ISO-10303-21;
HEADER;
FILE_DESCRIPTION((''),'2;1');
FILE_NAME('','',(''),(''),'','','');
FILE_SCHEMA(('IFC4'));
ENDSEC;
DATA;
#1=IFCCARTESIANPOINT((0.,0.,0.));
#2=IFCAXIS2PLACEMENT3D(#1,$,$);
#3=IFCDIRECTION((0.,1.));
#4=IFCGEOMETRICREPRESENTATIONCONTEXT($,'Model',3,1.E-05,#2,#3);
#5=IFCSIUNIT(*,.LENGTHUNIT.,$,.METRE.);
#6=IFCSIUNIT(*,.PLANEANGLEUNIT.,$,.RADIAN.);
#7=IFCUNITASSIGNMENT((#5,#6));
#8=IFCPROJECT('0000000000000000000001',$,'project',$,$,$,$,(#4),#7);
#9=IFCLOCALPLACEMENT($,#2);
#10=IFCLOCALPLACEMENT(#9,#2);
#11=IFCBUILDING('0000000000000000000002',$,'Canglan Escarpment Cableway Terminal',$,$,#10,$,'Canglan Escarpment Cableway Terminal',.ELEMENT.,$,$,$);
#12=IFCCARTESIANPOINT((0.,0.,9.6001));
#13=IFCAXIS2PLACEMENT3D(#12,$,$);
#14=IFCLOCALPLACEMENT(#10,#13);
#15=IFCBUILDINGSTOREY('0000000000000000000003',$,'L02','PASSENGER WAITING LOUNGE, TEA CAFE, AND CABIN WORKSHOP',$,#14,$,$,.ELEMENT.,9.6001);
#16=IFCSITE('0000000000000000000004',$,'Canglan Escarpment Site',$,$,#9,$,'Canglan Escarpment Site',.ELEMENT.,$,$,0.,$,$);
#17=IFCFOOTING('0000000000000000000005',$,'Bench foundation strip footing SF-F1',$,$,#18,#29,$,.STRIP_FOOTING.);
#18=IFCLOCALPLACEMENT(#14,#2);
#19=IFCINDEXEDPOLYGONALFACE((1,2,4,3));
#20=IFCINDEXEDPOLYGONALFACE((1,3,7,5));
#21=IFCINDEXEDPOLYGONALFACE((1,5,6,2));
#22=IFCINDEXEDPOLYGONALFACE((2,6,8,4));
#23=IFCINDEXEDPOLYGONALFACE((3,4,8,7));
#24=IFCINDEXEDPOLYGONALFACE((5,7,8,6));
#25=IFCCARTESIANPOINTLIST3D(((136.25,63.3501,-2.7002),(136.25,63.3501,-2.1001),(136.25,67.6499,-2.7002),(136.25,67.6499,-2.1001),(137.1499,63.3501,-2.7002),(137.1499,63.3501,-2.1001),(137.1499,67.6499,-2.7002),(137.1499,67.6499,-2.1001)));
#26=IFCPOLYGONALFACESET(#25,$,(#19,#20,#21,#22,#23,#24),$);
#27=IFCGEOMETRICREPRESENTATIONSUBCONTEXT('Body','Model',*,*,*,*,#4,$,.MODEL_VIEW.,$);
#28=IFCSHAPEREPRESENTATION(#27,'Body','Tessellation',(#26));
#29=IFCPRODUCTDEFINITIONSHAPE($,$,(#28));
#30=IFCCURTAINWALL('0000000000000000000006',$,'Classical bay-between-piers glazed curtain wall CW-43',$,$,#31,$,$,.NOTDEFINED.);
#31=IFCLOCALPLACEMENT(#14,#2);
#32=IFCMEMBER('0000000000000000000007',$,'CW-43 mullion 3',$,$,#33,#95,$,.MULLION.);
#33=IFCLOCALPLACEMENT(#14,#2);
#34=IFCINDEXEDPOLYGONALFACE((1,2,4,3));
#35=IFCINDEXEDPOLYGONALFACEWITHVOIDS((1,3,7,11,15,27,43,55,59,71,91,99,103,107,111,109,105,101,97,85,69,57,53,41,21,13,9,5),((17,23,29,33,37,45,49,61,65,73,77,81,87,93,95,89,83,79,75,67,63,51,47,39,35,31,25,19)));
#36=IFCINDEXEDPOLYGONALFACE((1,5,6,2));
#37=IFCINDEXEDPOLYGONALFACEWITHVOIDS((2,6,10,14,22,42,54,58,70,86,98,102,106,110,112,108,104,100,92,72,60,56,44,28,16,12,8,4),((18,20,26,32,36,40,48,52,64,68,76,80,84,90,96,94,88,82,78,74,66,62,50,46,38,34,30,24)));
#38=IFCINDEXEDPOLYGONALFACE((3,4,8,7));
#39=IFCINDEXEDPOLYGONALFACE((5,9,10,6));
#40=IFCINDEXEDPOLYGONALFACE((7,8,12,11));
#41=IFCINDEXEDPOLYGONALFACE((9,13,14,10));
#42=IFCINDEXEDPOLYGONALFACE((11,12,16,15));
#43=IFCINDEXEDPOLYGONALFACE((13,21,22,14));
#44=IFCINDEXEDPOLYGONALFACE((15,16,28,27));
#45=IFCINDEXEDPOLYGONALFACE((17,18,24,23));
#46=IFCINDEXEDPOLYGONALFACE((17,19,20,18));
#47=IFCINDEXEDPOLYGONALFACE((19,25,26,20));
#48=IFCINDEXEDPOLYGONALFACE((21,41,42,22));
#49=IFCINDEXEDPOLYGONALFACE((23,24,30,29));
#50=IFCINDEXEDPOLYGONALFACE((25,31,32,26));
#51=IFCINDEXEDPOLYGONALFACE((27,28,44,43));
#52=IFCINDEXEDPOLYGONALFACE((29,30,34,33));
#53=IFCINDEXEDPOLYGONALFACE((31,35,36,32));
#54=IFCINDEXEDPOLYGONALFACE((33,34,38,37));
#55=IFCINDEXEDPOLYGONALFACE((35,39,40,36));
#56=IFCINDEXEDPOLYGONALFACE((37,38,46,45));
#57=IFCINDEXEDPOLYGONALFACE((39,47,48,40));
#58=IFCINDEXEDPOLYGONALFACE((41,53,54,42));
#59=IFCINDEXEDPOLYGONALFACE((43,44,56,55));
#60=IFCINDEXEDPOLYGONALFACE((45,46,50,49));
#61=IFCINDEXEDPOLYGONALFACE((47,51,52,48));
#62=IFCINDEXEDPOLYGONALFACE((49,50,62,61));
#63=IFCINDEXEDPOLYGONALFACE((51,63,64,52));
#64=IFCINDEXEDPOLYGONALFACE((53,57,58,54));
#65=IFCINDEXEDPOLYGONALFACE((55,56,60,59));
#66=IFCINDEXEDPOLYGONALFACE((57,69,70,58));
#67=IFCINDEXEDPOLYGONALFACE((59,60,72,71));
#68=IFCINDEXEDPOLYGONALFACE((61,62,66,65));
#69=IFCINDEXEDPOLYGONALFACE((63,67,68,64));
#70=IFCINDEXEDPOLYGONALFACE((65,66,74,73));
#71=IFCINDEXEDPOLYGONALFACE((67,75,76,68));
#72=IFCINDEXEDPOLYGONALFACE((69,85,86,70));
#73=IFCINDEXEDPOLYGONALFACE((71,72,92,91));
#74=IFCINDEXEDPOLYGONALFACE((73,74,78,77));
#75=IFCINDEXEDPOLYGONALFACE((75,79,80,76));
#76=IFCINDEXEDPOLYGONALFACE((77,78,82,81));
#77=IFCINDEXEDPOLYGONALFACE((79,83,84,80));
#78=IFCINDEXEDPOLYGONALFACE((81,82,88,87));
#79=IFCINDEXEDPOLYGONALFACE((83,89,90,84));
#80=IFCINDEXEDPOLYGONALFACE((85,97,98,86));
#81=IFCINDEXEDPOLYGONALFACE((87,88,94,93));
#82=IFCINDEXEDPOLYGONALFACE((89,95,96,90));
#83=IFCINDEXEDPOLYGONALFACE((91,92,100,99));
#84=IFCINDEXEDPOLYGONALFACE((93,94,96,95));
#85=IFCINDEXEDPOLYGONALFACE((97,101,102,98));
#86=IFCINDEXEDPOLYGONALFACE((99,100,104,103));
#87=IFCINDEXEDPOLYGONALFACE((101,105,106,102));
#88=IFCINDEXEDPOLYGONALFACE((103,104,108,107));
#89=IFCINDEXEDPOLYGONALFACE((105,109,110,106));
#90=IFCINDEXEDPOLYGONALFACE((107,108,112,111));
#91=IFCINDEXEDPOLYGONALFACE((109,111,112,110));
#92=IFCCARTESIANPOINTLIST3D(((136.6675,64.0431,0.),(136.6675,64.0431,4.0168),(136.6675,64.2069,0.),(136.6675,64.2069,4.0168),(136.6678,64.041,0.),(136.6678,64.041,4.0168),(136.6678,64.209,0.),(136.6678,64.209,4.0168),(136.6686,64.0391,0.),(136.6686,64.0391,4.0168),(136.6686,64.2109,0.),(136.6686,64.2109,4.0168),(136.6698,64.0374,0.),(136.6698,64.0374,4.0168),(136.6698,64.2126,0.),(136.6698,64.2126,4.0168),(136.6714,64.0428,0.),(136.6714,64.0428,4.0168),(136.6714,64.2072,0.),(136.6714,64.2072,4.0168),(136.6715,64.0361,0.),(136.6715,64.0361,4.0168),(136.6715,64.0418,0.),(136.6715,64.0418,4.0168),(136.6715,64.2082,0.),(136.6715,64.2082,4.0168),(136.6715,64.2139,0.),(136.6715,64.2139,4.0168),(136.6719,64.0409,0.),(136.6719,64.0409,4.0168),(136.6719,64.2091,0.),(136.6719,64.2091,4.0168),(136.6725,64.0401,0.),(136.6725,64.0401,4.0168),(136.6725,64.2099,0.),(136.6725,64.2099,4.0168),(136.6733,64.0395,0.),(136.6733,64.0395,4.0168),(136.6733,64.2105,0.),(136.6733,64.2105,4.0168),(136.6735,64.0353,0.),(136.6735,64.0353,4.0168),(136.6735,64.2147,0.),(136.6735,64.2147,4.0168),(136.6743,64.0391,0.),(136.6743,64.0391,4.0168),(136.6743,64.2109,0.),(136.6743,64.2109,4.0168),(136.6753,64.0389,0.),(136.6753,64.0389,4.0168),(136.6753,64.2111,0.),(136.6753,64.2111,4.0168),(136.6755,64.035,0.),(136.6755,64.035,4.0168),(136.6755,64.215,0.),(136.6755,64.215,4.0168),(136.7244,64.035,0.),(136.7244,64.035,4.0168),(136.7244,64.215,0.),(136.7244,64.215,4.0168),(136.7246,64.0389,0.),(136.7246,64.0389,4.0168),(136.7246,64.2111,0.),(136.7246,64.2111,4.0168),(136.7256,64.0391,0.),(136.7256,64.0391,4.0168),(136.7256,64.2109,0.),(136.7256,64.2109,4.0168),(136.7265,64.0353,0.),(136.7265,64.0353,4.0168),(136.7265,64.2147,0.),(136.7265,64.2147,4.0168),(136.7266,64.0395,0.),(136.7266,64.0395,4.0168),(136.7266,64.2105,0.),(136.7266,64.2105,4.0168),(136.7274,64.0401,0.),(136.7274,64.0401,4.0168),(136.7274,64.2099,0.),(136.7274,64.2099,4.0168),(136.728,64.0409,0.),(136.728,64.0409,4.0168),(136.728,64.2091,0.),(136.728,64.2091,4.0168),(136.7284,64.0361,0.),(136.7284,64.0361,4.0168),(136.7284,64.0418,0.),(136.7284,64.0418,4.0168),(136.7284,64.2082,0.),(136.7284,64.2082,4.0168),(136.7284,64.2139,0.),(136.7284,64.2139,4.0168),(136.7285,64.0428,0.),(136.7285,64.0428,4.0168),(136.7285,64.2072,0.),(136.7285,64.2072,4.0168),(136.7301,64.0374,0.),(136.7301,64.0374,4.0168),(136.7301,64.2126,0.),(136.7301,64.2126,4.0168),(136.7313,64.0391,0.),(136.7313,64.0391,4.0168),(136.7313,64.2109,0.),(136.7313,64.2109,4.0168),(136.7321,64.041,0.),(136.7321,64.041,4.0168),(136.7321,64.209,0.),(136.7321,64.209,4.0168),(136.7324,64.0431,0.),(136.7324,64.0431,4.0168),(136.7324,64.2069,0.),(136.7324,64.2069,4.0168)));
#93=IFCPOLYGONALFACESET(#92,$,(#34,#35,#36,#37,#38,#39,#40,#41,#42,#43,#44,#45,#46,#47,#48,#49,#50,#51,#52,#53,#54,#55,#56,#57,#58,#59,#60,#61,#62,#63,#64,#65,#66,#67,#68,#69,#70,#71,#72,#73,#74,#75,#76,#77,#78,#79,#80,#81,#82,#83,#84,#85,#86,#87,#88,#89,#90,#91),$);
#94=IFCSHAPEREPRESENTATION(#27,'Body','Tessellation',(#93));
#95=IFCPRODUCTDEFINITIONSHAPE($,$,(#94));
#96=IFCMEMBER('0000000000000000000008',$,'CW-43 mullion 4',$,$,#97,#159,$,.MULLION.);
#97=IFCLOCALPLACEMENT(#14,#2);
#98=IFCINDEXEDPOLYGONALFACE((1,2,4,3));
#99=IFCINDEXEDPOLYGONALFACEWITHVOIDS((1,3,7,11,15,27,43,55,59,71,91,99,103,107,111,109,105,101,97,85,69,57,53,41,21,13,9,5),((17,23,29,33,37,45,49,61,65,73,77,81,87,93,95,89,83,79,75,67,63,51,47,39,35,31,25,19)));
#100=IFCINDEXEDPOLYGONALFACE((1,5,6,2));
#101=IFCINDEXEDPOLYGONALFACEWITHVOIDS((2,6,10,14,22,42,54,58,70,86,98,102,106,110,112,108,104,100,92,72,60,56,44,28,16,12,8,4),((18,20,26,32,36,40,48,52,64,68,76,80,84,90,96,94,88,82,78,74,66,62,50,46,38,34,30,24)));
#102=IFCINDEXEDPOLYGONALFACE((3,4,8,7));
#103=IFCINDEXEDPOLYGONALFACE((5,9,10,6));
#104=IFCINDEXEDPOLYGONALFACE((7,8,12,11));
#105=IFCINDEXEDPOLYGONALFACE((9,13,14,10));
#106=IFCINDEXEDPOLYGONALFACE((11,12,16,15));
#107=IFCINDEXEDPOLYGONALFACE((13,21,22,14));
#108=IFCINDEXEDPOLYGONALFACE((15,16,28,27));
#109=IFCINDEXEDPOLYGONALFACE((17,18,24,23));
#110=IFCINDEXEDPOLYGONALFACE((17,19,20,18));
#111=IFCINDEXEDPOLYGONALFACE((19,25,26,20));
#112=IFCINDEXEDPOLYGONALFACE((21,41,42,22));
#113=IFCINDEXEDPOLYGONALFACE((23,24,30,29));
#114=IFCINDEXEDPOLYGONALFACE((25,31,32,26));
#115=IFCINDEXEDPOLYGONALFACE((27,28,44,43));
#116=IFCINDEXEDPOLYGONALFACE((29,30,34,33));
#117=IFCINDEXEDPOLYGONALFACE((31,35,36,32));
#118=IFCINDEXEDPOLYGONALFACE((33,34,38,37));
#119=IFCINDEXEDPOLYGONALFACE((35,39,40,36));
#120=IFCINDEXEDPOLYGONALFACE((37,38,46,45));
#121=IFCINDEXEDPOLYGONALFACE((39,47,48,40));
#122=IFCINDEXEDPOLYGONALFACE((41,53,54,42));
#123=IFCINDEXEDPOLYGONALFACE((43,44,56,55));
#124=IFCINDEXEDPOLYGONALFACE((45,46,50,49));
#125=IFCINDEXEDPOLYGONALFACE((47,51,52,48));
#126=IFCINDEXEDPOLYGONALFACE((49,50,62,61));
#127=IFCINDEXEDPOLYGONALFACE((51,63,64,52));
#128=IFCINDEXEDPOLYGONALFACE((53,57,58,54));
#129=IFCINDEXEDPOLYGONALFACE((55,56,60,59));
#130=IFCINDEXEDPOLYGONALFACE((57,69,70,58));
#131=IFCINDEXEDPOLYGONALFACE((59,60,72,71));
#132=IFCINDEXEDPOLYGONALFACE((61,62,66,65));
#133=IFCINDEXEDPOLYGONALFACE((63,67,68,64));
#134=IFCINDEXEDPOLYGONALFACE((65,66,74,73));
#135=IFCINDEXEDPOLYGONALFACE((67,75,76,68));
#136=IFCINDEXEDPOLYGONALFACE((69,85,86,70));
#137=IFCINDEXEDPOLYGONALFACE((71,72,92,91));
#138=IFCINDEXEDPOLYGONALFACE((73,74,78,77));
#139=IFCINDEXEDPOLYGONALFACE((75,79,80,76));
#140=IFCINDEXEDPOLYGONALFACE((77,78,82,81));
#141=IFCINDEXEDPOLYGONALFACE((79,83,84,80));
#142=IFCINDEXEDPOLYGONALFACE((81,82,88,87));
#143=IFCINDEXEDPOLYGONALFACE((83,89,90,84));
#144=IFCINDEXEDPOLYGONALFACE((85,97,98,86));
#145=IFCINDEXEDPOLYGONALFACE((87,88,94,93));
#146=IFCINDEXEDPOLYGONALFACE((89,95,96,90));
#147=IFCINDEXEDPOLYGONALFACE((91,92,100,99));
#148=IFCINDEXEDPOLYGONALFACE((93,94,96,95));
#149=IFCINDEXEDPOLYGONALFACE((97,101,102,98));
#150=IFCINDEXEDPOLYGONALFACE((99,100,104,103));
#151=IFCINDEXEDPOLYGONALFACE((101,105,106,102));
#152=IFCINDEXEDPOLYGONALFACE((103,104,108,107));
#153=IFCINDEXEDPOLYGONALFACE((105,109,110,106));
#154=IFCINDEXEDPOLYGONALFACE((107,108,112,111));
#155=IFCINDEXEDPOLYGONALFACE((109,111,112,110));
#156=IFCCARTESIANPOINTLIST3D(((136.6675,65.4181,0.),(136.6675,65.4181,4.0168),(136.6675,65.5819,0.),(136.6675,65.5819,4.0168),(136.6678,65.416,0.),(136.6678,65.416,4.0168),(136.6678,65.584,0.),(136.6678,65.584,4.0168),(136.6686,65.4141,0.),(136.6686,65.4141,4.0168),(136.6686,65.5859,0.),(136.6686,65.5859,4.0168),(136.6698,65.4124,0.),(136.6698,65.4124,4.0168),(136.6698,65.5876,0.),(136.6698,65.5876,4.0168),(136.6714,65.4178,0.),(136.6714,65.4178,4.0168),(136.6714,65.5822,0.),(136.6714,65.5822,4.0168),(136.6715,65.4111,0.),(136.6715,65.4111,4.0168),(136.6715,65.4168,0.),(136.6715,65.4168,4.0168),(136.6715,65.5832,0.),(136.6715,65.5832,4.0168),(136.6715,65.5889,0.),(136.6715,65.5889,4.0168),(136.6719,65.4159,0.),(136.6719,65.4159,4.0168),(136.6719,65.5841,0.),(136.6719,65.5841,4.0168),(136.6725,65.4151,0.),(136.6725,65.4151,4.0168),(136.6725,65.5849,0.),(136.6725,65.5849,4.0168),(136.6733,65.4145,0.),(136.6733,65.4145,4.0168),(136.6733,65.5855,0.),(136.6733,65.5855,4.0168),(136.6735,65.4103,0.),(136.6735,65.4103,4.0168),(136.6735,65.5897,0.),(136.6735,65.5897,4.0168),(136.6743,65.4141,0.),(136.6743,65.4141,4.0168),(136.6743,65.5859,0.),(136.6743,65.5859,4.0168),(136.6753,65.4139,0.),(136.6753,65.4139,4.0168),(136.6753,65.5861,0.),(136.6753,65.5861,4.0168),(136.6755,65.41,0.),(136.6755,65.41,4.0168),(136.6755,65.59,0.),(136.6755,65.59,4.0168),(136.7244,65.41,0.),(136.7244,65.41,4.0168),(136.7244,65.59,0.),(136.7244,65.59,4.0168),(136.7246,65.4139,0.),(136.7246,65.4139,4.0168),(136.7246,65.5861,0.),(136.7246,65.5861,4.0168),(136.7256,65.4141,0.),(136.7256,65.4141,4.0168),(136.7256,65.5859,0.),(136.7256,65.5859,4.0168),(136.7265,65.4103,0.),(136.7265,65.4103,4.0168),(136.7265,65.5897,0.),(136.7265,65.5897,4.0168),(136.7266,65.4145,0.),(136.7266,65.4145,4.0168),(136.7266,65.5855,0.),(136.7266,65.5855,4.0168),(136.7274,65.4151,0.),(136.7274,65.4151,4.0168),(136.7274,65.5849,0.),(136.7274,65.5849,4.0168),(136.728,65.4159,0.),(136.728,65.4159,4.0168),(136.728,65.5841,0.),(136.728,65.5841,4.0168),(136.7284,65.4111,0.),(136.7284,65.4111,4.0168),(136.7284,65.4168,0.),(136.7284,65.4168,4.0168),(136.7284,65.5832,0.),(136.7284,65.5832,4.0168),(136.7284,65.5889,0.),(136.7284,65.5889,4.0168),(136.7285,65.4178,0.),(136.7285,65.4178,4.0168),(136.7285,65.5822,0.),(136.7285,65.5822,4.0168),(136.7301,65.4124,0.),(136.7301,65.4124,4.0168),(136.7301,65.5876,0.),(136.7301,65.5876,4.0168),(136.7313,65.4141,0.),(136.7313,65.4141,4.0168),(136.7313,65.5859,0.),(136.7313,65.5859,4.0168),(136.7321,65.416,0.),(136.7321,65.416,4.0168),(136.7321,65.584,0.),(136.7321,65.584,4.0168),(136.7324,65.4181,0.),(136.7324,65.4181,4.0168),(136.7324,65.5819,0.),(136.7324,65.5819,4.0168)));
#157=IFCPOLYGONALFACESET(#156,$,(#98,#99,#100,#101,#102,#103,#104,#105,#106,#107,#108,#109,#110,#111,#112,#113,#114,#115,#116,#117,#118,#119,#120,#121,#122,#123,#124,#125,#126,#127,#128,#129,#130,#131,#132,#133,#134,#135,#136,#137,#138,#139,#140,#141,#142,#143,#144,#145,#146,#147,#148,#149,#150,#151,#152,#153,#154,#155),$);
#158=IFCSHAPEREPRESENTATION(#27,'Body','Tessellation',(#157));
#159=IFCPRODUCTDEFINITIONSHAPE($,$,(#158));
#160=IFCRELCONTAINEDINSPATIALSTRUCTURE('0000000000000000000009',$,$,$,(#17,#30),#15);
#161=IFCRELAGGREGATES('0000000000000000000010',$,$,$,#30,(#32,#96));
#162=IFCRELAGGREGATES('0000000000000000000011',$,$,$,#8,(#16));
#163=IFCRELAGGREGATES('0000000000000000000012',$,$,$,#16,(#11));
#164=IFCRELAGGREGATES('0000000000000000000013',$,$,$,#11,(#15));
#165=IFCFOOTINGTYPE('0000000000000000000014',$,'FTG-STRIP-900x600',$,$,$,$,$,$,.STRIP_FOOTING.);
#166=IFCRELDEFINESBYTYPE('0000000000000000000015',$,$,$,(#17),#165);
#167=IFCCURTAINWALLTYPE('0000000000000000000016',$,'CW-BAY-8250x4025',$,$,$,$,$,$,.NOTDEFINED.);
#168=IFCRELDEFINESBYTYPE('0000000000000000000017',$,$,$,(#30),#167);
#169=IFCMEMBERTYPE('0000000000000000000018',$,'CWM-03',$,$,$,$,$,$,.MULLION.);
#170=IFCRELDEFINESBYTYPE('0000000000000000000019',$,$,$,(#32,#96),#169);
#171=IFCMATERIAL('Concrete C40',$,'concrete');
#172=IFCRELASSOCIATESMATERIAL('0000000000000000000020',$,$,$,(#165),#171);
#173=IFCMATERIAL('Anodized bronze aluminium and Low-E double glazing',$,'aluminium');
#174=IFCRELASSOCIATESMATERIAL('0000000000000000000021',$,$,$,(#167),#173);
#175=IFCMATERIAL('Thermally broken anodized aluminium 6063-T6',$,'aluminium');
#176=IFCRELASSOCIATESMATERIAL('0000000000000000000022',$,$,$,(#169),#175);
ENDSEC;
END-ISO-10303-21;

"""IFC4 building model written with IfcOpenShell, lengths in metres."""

from ifc_helpers import new_model, si_unit, direction, frame, origin, origin_2d, place, context, subcontext, project, spatial, rectangle, hollow_rectangle, extrude, material, material_profile, profile_set, type_object, element, aggregate, save


model = new_model("IFC4")

# Units and contexts
model_context = context("Model", 3, precision=1e-05, world=origin(), true_north=direction((0.0, 1.0)))
body_context = subcontext(model_context, "Body", "Model", "MODEL_VIEW")
ifc_project = project(units=[si_unit("LENGTHUNIT", "METRE"), si_unit("PLANEANGLEUNIT", "RADIAN")], contexts=[model_context])

# Site, building, storey
site_placement = place(None, origin())
site = spatial("IfcSite", under=ifc_project, at=site_placement, Name="Canglan Escarpment Site", LongName="Canglan Escarpment Site", CompositionType="ELEMENT", RefElevation=0.0)
building_placement = place(site_placement, origin())
building = spatial("IfcBuilding", under=site, at=building_placement, Name="Canglan Escarpment Cableway Terminal", LongName="Canglan Escarpment Cableway Terminal", CompositionType="ELEMENT")
storey_placement = place(building_placement, frame((0.0, 0.0, 9.6001)))
storey = spatial("IfcBuildingStorey", under=building, at=storey_placement, Name="L02", Description="PASSENGER WAITING LOUNGE, TEA CAFE, AND CABIN WORKSHOP", CompositionType="ELEMENT", Elevation=9.6001)

# Footing
ifc_material_1 = material(Name="Concrete C40", Category="concrete")
ifc_material_profile_1 = material_profile(ifc_material_1, rectangle(XDim=0.8999, YDim=0.6001, at=origin_2d()), Name="SF 900x600")
ifc_profile_set_1 = profile_set([ifc_material_profile_1], Name="Concrete C40")
footing_type = type_object("IfcFootingType", Name="FTG-STRIP-900x600", PredefinedType="STRIP_FOOTING", material=ifc_profile_set_1)
footing_placement = place(storey_placement, frame((136.7, 63.3501, -2.4001), z_axis=(0.0, 1.0, 0.0), x_axis=(-1.0, 0.0, 0.0)))
element("IfcFooting", 1, at=footing_placement, inside=storey, type_object=footing_type, Name="Bench foundation strip footing SF-F1", PredefinedType="STRIP_FOOTING", context=body_context, shape_type="SweptSolid", body=[
    extrude(rectangle(XDim=0.8999, YDim=0.6001, at=origin_2d()), origin(), (0.0, 0.0, 1.0), 4.2998),
])

# Curtain wall, members
ifc_material_2 = material(Name="Anodized bronze aluminium and Low-E double glazing", Category="aluminium")
curtain_wall_type = type_object("IfcCurtainWallType", Name="CW-BAY-8250x4025", PredefinedType="NOTDEFINED", material=ifc_material_2)
curtain_wall_placement = place(storey_placement, origin())
curtain_wall = element("IfcCurtainWall", 2, at=curtain_wall_placement, inside=storey, type_object=curtain_wall_type, Name="Classical bay-between-piers glazed curtain wall CW-43", PredefinedType="NOTDEFINED")
ifc_material_3 = material(Name="Thermally broken anodized aluminium 6063-T6", Category="aluminium")
ifc_material_profile_2 = material_profile(ifc_material_3, hollow_rectangle(XDim=0.0649, YDim=0.1799, WallThickness=0.0039, InnerFilletRadius=0.0039, OuterFilletRadius=0.0081, at=origin_2d()), Name="ALU-MULL 65x180x4")
ifc_profile_set_2 = profile_set([ifc_material_profile_2], Name="Thermally broken anodized aluminium 6063-T6")
member_type_1 = type_object("IfcMemberType", Name="CWM-03", PredefinedType="MULLION", material=ifc_profile_set_2)
member_1_placement = place(storey_placement, frame((136.7, 64.125, 0.0), z_axis=(0.0, 0.0, 1.0), x_axis=(-1.0, 0.0, 0.0)))
member_1 = element("IfcMember", 3, at=member_1_placement, type_object=member_type_1, Name="CW-43 mullion 3", PredefinedType="MULLION", context=body_context, shape_type="SweptSolid", body=[
    extrude(hollow_rectangle(XDim=0.0649, YDim=0.1799, WallThickness=0.0039, InnerFilletRadius=0.0039, OuterFilletRadius=0.0081, at=origin_2d()), origin(), (0.0, 0.0, 1.0), 4.0168),
])
member_2_placement = place(storey_placement, frame((136.7, 65.5, 0.0), z_axis=(0.0, 0.0, 1.0), x_axis=(-1.0, 0.0, 0.0)))
member_2 = element("IfcMember", 4, at=member_2_placement, type_object=member_type_1, Name="CW-43 mullion 4", PredefinedType="MULLION", context=body_context, shape_type="SweptSolid", body=[
    extrude(hollow_rectangle(XDim=0.0649, YDim=0.1799, WallThickness=0.0039, InnerFilletRadius=0.0039, OuterFilletRadius=0.0081, at=origin_2d()), origin(), (0.0, 0.0, 1.0), 4.0168),
])
aggregate(curtain_wall, [member_1, member_2])

save(model, "model.ifc")
